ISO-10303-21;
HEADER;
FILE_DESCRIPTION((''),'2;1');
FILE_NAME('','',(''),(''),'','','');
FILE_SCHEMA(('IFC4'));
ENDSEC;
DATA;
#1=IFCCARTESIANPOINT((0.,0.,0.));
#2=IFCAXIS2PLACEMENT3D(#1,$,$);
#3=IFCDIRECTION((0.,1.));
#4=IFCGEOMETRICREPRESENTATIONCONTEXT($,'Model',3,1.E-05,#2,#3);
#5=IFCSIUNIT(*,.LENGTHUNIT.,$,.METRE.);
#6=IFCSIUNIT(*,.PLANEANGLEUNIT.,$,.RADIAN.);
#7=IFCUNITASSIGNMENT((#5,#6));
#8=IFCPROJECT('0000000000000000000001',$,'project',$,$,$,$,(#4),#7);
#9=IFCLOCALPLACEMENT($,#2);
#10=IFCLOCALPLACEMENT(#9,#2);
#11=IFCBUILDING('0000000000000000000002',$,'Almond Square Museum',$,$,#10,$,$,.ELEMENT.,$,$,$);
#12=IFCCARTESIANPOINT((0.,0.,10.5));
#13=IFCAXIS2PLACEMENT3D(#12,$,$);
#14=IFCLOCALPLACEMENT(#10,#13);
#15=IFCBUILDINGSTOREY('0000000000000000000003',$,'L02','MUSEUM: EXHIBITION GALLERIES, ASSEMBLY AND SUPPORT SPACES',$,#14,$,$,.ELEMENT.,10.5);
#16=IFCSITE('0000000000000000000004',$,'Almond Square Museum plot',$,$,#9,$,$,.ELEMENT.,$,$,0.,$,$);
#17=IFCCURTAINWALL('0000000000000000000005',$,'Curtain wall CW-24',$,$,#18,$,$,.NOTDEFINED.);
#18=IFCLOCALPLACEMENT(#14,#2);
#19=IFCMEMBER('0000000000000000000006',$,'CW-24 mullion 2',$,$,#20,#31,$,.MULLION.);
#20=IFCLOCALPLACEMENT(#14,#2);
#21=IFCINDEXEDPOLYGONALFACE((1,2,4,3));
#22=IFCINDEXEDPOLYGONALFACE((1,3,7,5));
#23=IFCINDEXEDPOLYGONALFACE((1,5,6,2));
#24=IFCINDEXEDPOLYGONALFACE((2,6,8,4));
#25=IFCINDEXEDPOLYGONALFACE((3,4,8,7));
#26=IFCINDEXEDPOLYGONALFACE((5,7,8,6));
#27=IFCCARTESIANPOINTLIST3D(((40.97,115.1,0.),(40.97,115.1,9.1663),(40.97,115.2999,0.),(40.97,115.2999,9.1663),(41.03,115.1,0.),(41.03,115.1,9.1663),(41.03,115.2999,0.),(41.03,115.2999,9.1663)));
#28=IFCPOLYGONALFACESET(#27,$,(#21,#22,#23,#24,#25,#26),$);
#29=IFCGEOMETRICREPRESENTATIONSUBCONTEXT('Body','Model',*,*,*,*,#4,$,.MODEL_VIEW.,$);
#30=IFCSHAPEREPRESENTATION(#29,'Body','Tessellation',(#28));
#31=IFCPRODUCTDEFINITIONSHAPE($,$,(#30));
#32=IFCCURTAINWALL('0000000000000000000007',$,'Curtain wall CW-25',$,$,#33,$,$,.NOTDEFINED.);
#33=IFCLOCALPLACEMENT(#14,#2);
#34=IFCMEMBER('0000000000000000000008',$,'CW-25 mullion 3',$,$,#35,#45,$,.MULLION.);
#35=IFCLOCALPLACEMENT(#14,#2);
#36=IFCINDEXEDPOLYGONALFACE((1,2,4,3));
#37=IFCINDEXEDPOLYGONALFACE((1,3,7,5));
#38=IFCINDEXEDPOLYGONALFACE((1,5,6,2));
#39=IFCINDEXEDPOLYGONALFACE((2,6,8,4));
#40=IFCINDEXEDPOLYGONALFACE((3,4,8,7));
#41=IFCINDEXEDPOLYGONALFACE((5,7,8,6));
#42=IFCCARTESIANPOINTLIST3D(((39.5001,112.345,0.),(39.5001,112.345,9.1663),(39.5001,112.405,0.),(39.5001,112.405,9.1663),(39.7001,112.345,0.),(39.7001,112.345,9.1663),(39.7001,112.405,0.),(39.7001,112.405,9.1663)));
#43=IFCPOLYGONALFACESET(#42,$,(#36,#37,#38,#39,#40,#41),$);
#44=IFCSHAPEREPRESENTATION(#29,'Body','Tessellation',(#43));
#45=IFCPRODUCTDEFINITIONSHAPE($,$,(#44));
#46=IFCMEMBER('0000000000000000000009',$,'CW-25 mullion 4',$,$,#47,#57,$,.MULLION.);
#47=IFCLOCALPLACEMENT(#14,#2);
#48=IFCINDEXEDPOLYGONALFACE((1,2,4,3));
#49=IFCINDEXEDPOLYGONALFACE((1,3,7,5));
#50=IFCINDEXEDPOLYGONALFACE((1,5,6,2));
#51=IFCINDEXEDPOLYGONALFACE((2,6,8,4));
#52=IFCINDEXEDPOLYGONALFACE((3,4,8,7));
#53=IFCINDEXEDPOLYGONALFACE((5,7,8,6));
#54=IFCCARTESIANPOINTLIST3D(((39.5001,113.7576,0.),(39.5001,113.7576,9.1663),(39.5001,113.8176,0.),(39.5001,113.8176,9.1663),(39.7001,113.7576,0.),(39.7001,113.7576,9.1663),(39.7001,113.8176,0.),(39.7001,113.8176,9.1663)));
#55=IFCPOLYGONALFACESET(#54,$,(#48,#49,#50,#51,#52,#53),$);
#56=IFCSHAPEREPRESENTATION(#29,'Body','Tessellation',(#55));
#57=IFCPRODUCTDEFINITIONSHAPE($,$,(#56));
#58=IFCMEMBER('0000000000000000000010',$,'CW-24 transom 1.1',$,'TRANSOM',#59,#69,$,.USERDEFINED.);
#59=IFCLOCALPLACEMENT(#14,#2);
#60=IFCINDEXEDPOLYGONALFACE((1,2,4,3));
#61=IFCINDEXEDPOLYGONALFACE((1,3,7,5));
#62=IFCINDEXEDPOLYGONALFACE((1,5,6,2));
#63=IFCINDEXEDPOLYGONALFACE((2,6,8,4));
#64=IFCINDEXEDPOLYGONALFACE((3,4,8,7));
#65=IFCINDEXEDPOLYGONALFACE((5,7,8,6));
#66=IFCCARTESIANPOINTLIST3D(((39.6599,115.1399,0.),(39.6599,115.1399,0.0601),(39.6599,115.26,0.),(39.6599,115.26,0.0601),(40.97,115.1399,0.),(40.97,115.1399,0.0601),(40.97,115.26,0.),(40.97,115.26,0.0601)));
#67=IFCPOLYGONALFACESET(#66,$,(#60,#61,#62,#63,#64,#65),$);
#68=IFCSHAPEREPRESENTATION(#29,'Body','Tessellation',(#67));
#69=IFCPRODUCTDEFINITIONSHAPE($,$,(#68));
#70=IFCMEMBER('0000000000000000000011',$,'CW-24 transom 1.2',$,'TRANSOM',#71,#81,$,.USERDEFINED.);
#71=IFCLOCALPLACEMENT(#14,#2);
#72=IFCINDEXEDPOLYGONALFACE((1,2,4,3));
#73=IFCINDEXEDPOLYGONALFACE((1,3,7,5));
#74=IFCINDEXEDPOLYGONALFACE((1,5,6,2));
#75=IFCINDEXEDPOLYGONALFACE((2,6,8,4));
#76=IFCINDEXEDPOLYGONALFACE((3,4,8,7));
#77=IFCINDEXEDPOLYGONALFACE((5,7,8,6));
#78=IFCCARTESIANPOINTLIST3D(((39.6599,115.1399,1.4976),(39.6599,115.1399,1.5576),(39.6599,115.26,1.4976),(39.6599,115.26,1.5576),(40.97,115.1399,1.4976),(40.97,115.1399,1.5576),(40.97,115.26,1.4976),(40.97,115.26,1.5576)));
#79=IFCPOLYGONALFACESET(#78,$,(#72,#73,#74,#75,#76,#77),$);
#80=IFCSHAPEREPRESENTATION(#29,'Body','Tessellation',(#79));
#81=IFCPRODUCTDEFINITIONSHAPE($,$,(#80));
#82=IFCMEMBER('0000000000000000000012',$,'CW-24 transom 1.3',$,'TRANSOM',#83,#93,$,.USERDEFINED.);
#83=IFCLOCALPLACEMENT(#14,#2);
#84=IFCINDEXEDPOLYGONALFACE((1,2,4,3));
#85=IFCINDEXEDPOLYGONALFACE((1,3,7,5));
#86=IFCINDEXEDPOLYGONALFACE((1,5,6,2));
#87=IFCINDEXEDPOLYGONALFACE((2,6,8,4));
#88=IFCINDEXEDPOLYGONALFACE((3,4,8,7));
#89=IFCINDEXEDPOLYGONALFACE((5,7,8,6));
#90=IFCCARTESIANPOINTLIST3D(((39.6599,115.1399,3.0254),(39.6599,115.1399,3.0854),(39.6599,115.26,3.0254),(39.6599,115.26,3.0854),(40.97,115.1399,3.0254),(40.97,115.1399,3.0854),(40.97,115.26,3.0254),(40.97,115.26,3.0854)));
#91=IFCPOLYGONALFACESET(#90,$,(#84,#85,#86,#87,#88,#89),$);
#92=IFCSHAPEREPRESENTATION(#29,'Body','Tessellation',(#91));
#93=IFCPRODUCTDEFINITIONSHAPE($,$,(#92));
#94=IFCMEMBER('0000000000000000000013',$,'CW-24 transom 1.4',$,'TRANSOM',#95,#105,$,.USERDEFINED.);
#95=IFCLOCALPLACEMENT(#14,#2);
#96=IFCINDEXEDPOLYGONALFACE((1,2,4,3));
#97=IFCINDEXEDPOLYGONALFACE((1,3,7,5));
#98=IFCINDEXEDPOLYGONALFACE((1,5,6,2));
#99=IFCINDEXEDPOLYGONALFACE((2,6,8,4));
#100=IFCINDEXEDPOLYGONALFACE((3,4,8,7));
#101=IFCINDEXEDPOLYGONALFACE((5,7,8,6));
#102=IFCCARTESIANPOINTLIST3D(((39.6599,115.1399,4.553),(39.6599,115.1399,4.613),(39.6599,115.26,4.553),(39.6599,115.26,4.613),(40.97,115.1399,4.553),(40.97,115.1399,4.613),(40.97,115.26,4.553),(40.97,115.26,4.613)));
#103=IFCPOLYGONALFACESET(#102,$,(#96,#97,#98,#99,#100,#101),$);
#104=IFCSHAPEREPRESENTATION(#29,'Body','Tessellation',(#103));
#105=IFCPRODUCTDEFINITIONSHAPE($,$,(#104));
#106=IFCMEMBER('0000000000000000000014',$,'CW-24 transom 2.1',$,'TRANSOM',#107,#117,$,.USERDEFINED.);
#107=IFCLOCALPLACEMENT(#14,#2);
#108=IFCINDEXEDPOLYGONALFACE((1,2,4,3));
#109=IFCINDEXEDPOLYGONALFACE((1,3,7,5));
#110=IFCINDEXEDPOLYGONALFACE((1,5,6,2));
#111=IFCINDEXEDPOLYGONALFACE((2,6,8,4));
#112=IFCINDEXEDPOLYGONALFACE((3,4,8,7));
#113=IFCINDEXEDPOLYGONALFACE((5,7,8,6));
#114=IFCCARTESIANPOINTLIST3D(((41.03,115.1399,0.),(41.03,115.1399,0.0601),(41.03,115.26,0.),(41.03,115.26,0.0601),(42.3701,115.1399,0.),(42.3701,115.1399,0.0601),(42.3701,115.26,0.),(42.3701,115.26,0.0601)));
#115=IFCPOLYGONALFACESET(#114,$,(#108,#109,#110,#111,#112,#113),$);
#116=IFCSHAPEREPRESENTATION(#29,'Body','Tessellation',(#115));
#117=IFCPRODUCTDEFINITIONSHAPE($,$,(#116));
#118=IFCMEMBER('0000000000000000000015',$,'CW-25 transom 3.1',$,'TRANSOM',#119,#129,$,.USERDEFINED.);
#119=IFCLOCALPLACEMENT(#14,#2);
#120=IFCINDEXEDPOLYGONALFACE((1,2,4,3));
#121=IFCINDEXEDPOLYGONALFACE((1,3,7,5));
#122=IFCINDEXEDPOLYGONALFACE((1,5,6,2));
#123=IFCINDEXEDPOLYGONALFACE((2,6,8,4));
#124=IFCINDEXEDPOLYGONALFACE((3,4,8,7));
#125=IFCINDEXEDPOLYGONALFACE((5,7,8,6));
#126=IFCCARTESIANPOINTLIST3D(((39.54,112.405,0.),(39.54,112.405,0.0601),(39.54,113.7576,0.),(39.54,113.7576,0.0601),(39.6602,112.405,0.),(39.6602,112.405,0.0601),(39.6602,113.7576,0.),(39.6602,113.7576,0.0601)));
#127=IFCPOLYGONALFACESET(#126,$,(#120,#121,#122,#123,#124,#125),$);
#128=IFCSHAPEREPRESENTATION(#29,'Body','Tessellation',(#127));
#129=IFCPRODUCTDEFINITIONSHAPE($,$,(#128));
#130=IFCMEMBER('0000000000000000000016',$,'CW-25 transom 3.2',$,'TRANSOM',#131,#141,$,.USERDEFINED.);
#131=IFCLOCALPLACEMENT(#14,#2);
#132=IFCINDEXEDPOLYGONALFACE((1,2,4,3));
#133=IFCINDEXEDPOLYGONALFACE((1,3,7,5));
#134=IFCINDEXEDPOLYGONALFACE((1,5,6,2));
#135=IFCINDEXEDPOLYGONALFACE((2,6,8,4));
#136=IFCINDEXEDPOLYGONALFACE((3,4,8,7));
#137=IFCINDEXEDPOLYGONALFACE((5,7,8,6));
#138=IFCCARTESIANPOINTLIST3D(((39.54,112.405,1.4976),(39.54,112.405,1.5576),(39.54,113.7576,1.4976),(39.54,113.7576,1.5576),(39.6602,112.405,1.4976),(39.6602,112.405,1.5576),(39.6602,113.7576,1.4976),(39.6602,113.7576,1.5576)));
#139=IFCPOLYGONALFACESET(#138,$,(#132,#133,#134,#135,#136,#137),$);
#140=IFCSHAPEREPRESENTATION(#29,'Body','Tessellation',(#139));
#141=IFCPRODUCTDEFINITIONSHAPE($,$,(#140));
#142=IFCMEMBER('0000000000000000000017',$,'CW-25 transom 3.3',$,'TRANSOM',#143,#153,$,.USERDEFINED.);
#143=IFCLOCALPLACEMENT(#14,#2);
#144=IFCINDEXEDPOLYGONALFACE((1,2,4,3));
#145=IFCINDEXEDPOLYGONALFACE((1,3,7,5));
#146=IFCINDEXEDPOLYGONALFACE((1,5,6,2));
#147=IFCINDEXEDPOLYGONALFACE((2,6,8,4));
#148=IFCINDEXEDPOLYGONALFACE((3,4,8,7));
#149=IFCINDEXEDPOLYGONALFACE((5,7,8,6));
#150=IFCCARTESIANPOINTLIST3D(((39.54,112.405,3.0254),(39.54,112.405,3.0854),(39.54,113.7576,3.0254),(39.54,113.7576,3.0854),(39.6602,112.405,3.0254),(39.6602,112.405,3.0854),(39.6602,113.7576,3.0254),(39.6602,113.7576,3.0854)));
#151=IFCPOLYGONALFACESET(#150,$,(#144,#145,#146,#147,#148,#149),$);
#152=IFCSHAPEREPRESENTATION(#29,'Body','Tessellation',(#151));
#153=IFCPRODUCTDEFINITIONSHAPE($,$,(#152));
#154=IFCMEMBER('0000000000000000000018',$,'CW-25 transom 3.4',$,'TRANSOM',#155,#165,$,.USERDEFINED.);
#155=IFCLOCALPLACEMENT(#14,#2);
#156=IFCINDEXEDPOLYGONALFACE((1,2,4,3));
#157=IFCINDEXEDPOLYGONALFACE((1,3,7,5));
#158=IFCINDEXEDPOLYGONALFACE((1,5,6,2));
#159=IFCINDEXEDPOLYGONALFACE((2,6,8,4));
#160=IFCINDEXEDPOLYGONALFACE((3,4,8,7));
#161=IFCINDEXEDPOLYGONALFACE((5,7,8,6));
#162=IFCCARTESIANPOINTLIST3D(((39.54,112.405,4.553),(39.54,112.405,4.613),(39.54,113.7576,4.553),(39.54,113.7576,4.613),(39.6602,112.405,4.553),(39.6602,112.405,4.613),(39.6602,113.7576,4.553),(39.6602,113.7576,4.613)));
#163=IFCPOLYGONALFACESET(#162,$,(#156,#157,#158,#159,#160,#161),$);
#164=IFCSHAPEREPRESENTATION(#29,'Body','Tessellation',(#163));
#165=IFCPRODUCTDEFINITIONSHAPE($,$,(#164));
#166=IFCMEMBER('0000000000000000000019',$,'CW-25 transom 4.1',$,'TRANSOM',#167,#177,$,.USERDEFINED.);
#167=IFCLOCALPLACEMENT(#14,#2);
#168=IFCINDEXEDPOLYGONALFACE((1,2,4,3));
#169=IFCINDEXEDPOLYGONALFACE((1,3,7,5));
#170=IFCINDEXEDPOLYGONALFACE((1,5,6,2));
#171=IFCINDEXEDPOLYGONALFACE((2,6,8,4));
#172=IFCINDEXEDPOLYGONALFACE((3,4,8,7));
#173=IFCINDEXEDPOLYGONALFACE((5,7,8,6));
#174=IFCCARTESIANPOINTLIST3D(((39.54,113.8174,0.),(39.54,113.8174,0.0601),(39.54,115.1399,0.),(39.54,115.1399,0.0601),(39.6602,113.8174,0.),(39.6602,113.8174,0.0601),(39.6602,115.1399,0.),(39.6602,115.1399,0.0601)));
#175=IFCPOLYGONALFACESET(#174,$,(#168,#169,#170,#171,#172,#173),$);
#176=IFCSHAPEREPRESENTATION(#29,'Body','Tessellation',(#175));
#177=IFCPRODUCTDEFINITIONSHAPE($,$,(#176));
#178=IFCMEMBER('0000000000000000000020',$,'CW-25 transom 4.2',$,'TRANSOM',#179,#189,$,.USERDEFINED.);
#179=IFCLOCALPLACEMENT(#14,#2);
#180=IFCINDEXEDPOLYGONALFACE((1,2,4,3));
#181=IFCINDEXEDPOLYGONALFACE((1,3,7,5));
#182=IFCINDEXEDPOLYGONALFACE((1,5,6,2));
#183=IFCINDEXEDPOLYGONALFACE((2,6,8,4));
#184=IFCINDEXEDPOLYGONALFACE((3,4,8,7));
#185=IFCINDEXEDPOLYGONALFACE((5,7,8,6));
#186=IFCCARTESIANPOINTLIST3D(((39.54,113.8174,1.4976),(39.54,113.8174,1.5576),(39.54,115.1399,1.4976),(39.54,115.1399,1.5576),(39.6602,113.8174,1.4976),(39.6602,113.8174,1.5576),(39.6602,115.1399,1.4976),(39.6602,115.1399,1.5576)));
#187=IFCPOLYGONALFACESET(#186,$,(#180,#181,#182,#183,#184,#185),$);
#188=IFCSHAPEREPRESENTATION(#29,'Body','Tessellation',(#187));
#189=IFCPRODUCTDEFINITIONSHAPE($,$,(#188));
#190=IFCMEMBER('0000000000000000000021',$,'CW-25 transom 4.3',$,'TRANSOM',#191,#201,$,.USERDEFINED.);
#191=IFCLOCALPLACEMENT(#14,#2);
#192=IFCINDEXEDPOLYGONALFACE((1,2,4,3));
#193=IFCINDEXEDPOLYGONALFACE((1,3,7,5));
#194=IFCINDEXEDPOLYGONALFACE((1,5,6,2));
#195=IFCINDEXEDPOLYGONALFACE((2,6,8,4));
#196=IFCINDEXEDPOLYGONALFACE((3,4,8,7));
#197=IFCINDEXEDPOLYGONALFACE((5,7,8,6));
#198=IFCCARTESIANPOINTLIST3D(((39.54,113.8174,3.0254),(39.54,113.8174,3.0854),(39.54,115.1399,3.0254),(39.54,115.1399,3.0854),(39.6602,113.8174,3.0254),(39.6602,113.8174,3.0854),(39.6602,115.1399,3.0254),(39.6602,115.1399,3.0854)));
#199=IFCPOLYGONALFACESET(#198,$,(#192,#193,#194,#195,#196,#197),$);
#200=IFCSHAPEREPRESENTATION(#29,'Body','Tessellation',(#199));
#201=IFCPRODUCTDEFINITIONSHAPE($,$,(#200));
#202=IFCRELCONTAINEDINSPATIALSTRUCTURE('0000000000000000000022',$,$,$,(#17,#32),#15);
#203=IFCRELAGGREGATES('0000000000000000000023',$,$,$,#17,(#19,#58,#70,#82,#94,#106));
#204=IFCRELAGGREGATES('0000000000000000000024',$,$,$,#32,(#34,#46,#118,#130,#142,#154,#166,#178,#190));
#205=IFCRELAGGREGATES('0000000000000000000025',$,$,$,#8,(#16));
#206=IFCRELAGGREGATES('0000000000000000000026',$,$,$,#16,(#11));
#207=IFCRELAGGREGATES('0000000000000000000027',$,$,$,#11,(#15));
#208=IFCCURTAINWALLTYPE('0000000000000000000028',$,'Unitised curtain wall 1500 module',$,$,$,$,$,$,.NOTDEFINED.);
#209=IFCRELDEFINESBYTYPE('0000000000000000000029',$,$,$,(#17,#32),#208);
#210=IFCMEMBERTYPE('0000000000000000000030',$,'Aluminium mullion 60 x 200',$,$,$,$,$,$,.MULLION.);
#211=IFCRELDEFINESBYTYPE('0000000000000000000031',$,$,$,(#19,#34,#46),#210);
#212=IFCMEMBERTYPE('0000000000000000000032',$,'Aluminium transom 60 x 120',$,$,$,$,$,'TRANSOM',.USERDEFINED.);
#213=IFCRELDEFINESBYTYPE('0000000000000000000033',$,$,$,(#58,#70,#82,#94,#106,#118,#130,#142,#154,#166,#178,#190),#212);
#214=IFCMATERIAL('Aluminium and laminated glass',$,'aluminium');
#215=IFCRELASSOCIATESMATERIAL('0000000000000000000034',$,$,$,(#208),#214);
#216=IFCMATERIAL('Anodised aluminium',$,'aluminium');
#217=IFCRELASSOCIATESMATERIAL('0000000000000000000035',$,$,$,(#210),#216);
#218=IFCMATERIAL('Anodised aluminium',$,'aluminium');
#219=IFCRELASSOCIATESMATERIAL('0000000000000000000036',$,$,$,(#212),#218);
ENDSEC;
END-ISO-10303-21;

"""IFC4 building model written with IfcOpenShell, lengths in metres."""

from ifc_helpers import new_model, si_unit, direction, frame, origin, origin_2d, place, context, subcontext, project, spatial, rectangle, extrude, material, material_profile, profile_set, type_object, element, aggregate, save


model = new_model("IFC4")

# Units and contexts
model_context = context("Model", 3, precision=1e-05, world=origin(), true_north=direction((0.0, 1.0)))
body_context = subcontext(model_context, "Body", "Model", "MODEL_VIEW")
ifc_project = project(units=[si_unit("LENGTHUNIT", "METRE"), si_unit("PLANEANGLEUNIT", "RADIAN")], contexts=[model_context])

# Site, building, storey
site_placement = place(None, origin())
site = spatial("IfcSite", under=ifc_project, at=site_placement, Name="Almond Square Museum plot", CompositionType="ELEMENT", RefElevation=0.0)
building_placement = place(site_placement, origin())
building = spatial("IfcBuilding", under=site, at=building_placement, Name="Almond Square Museum", CompositionType="ELEMENT")
storey_placement = place(building_placement, frame((0.0, 0.0, 10.5)))
storey = spatial("IfcBuildingStorey", under=building, at=storey_placement, Name="L02", Description="MUSEUM: EXHIBITION GALLERIES, ASSEMBLY AND SUPPORT SPACES", CompositionType="ELEMENT", Elevation=10.5)

# Curtain wall, member
ifc_material_1 = material(Name="Aluminium and laminated glass", Category="aluminium")
curtain_wall_type = type_object("IfcCurtainWallType", Name="Unitised curtain wall 1500 module", PredefinedType="NOTDEFINED", material=ifc_material_1)
curtain_wall_1_placement = place(storey_placement, origin())
curtain_wall_1 = element("IfcCurtainWall", 1, at=curtain_wall_1_placement, inside=storey, type_object=curtain_wall_type, Name="Curtain wall CW-24", PredefinedType="NOTDEFINED")
ifc_material_2 = material(Name="Anodised aluminium", Category="aluminium")
ifc_material_profile_1 = material_profile(ifc_material_2, rectangle(XDim=0.2, YDim=0.0601, at=origin_2d()))
ifc_profile_set_1 = profile_set([ifc_material_profile_1], Name="Anodised aluminium")
member_type_1 = type_object("IfcMemberType", Name="Aluminium mullion 60 x 200", PredefinedType="MULLION", material=ifc_profile_set_1)
member_1_placement = place(storey_placement, frame((41.0, 115.2, 0.0), z_axis=(0.0, 0.0, 1.0), x_axis=(0.0, 1.0, 0.0)))
member_1 = element("IfcMember", 2, at=member_1_placement, type_object=member_type_1, Name="CW-24 mullion 2", PredefinedType="MULLION", context=body_context, shape_type="SweptSolid", body=[
    extrude(rectangle(XDim=0.2, YDim=0.0601, at=origin_2d()), origin(), (0.0, 0.0, 1.0), 9.1663),
])

# Curtain wall, members
curtain_wall_2_placement = place(storey_placement, origin())
curtain_wall_2 = element("IfcCurtainWall", 3, at=curtain_wall_2_placement, inside=storey, type_object=curtain_wall_type, Name="Curtain wall CW-25", PredefinedType="NOTDEFINED")
member_2_placement = place(storey_placement, frame((39.6001, 112.375, 0.0), z_axis=(0.0, 0.0, 1.0), x_axis=(-1.0, 0.0, 0.0)))
member_2 = element("IfcMember", 4, at=member_2_placement, type_object=member_type_1, Name="CW-25 mullion 3", PredefinedType="MULLION", context=body_context, shape_type="SweptSolid", body=[
    extrude(rectangle(XDim=0.2, YDim=0.0601, at=origin_2d()), origin(), (0.0, 0.0, 1.0), 9.1663),
])
member_3_placement = place(storey_placement, frame((39.6001, 113.7876, 0.0), z_axis=(0.0, 0.0, 1.0), x_axis=(-1.0, 0.0, 0.0)))
member_3 = element("IfcMember", 5, at=member_3_placement, type_object=member_type_1, Name="CW-25 mullion 4", PredefinedType="MULLION", context=body_context, shape_type="SweptSolid", body=[
    extrude(rectangle(XDim=0.2, YDim=0.0601, at=origin_2d()), origin(), (0.0, 0.0, 1.0), 9.1663),
])

# Members
ifc_material_3 = material(Name="Anodised aluminium", Category="aluminium")
ifc_material_profile_2 = material_profile(ifc_material_3, rectangle(XDim=0.1201, YDim=0.0601, at=origin_2d()))
ifc_profile_set_2 = profile_set([ifc_material_profile_2], Name="Anodised aluminium")
member_type_2 = type_object("IfcMemberType", Name="Aluminium transom 60 x 120", ElementType="TRANSOM", PredefinedType="USERDEFINED", material=ifc_profile_set_2)
member_4_placement = place(storey_placement, frame((39.6599, 115.2, 0.03), z_axis=(1.0, 0.0, 0.0), x_axis=(0.0, 1.0, 0.0)))
member_4 = element("IfcMember", 6, at=member_4_placement, type_object=member_type_2, Name="CW-24 transom 1.1", ObjectType="TRANSOM", PredefinedType="USERDEFINED", context=body_context, shape_type="SweptSolid", body=[
    extrude(rectangle(XDim=0.1201, YDim=0.0601, at=origin_2d()), origin(), (0.0, 0.0, 1.0), 1.3101),
])
member_5_placement = place(storey_placement, frame((39.6599, 115.2, 1.5276), z_axis=(1.0, 0.0, 0.0), x_axis=(0.0, 1.0, 0.0)))
member_5 = element("IfcMember", 7, at=member_5_placement, type_object=member_type_2, Name="CW-24 transom 1.2", ObjectType="TRANSOM", PredefinedType="USERDEFINED", context=body_context, shape_type="SweptSolid", body=[
    extrude(rectangle(XDim=0.1201, YDim=0.0601, at=origin_2d()), origin(), (0.0, 0.0, 1.0), 1.3101),
])
member_6_placement = place(storey_placement, frame((39.6599, 115.2, 3.0554), z_axis=(1.0, 0.0, 0.0), x_axis=(0.0, 1.0, 0.0)))
member_6 = element("IfcMember", 8, at=member_6_placement, type_object=member_type_2, Name="CW-24 transom 1.3", ObjectType="TRANSOM", PredefinedType="USERDEFINED", context=body_context, shape_type="SweptSolid", body=[
    extrude(rectangle(XDim=0.1201, YDim=0.0601, at=origin_2d()), origin(), (0.0, 0.0, 1.0), 1.3101),
])
member_7_placement = place(storey_placement, frame((39.6599, 115.2, 4.583), z_axis=(1.0, 0.0, 0.0), x_axis=(0.0, 1.0, 0.0)))
member_7 = element("IfcMember", 9, at=member_7_placement, type_object=member_type_2, Name="CW-24 transom 1.4", ObjectType="TRANSOM", PredefinedType="USERDEFINED", context=body_context, shape_type="SweptSolid", body=[
    extrude(rectangle(XDim=0.1201, YDim=0.0601, at=origin_2d()), origin(), (0.0, 0.0, 1.0), 1.3101),
])
member_8_placement = place(storey_placement, frame((41.03, 115.2, 0.03), z_axis=(1.0, 0.0, 0.0), x_axis=(0.0, 1.0, 0.0)))
member_8 = element("IfcMember", 10, at=member_8_placement, type_object=member_type_2, Name="CW-24 transom 2.1", ObjectType="TRANSOM", PredefinedType="USERDEFINED", context=body_context, shape_type="SweptSolid", body=[
    extrude(rectangle(XDim=0.1201, YDim=0.0601, at=origin_2d()), origin(), (0.0, 0.0, 1.0), 1.3401),
])
member_9_placement = place(storey_placement, frame((39.6001, 112.405, 0.03), z_axis=(0.0, 1.0, 0.0), x_axis=(-1.0, 0.0, 0.0)))
member_9 = element("IfcMember", 11, at=member_9_placement, type_object=member_type_2, Name="CW-25 transom 3.1", ObjectType="TRANSOM", PredefinedType="USERDEFINED", context=body_context, shape_type="SweptSolid", body=[
    extrude(rectangle(XDim=0.1201, YDim=0.0601, at=origin_2d()), origin(), (0.0, 0.0, 1.0), 1.3525),
])
member_10_placement = place(storey_placement, frame((39.6001, 112.405, 1.5276), z_axis=(0.0, 1.0, 0.0), x_axis=(-1.0, 0.0, 0.0)))
member_10 = element("IfcMember", 12, at=member_10_placement, type_object=member_type_2, Name="CW-25 transom 3.2", ObjectType="TRANSOM", PredefinedType="USERDEFINED", context=body_context, shape_type="SweptSolid", body=[
    extrude(rectangle(XDim=0.1201, YDim=0.0601, at=origin_2d()), origin(), (0.0, 0.0, 1.0), 1.3525),
])
member_11_placement = place(storey_placement, frame((39.6001, 112.405, 3.0554), z_axis=(0.0, 1.0, 0.0), x_axis=(-1.0, 0.0, 0.0)))
member_11 = element("IfcMember", 13, at=member_11_placement, type_object=member_type_2, Name="CW-25 transom 3.3", ObjectType="TRANSOM", PredefinedType="USERDEFINED", context=body_context, shape_type="SweptSolid", body=[
    extrude(rectangle(XDim=0.1201, YDim=0.0601, at=origin_2d()), origin(), (0.0, 0.0, 1.0), 1.3525),
])
member_12_placement = place(storey_placement, frame((39.6001, 112.405, 4.583), z_axis=(0.0, 1.0, 0.0), x_axis=(-1.0, 0.0, 0.0)))
member_12 = element("IfcMember", 14, at=member_12_placement, type_object=member_type_2, Name="CW-25 transom 3.4", ObjectType="TRANSOM", PredefinedType="USERDEFINED", context=body_context, shape_type="SweptSolid", body=[
    extrude(rectangle(XDim=0.1201, YDim=0.0601, at=origin_2d()), origin(), (0.0, 0.0, 1.0), 1.3525),
])
member_13_placement = place(storey_placement, frame((39.6001, 113.8174, 0.03), z_axis=(0.0, 1.0, 0.0), x_axis=(-1.0, 0.0, 0.0)))
member_13 = element("IfcMember", 15, at=member_13_placement, type_object=member_type_2, Name="CW-25 transom 4.1", ObjectType="TRANSOM", PredefinedType="USERDEFINED", context=body_context, shape_type="SweptSolid", body=[
    extrude(rectangle(XDim=0.1201, YDim=0.0601, at=origin_2d()), origin(), (0.0, 0.0, 1.0), 1.3225),
])
member_14_placement = place(storey_placement, frame((39.6001, 113.8174, 1.5276), z_axis=(0.0, 1.0, 0.0), x_axis=(-1.0, 0.0, 0.0)))
member_14 = element("IfcMember", 16, at=member_14_placement, type_object=member_type_2, Name="CW-25 transom 4.2", ObjectType="TRANSOM", PredefinedType="USERDEFINED", context=body_context, shape_type="SweptSolid", body=[
    extrude(rectangle(XDim=0.1201, YDim=0.0601, at=origin_2d()), origin(), (0.0, 0.0, 1.0), 1.3225),
])
member_15_placement = place(storey_placement, frame((39.6001, 113.8174, 3.0554), z_axis=(0.0, 1.0, 0.0), x_axis=(-1.0, 0.0, 0.0)))
member_15 = element("IfcMember", 17, at=member_15_placement, type_object=member_type_2, Name="CW-25 transom 4.3", ObjectType="TRANSOM", PredefinedType="USERDEFINED", context=body_context, shape_type="SweptSolid", body=[
    extrude(rectangle(XDim=0.1201, YDim=0.0601, at=origin_2d()), origin(), (0.0, 0.0, 1.0), 1.3225),
])

aggregate(curtain_wall_1, [member_1, member_4, member_5, member_6, member_7, member_8])
aggregate(curtain_wall_2, [member_2, member_3, member_9, member_10, member_11, member_12, member_13, member_14, member_15])

save(model, "model.ifc")
